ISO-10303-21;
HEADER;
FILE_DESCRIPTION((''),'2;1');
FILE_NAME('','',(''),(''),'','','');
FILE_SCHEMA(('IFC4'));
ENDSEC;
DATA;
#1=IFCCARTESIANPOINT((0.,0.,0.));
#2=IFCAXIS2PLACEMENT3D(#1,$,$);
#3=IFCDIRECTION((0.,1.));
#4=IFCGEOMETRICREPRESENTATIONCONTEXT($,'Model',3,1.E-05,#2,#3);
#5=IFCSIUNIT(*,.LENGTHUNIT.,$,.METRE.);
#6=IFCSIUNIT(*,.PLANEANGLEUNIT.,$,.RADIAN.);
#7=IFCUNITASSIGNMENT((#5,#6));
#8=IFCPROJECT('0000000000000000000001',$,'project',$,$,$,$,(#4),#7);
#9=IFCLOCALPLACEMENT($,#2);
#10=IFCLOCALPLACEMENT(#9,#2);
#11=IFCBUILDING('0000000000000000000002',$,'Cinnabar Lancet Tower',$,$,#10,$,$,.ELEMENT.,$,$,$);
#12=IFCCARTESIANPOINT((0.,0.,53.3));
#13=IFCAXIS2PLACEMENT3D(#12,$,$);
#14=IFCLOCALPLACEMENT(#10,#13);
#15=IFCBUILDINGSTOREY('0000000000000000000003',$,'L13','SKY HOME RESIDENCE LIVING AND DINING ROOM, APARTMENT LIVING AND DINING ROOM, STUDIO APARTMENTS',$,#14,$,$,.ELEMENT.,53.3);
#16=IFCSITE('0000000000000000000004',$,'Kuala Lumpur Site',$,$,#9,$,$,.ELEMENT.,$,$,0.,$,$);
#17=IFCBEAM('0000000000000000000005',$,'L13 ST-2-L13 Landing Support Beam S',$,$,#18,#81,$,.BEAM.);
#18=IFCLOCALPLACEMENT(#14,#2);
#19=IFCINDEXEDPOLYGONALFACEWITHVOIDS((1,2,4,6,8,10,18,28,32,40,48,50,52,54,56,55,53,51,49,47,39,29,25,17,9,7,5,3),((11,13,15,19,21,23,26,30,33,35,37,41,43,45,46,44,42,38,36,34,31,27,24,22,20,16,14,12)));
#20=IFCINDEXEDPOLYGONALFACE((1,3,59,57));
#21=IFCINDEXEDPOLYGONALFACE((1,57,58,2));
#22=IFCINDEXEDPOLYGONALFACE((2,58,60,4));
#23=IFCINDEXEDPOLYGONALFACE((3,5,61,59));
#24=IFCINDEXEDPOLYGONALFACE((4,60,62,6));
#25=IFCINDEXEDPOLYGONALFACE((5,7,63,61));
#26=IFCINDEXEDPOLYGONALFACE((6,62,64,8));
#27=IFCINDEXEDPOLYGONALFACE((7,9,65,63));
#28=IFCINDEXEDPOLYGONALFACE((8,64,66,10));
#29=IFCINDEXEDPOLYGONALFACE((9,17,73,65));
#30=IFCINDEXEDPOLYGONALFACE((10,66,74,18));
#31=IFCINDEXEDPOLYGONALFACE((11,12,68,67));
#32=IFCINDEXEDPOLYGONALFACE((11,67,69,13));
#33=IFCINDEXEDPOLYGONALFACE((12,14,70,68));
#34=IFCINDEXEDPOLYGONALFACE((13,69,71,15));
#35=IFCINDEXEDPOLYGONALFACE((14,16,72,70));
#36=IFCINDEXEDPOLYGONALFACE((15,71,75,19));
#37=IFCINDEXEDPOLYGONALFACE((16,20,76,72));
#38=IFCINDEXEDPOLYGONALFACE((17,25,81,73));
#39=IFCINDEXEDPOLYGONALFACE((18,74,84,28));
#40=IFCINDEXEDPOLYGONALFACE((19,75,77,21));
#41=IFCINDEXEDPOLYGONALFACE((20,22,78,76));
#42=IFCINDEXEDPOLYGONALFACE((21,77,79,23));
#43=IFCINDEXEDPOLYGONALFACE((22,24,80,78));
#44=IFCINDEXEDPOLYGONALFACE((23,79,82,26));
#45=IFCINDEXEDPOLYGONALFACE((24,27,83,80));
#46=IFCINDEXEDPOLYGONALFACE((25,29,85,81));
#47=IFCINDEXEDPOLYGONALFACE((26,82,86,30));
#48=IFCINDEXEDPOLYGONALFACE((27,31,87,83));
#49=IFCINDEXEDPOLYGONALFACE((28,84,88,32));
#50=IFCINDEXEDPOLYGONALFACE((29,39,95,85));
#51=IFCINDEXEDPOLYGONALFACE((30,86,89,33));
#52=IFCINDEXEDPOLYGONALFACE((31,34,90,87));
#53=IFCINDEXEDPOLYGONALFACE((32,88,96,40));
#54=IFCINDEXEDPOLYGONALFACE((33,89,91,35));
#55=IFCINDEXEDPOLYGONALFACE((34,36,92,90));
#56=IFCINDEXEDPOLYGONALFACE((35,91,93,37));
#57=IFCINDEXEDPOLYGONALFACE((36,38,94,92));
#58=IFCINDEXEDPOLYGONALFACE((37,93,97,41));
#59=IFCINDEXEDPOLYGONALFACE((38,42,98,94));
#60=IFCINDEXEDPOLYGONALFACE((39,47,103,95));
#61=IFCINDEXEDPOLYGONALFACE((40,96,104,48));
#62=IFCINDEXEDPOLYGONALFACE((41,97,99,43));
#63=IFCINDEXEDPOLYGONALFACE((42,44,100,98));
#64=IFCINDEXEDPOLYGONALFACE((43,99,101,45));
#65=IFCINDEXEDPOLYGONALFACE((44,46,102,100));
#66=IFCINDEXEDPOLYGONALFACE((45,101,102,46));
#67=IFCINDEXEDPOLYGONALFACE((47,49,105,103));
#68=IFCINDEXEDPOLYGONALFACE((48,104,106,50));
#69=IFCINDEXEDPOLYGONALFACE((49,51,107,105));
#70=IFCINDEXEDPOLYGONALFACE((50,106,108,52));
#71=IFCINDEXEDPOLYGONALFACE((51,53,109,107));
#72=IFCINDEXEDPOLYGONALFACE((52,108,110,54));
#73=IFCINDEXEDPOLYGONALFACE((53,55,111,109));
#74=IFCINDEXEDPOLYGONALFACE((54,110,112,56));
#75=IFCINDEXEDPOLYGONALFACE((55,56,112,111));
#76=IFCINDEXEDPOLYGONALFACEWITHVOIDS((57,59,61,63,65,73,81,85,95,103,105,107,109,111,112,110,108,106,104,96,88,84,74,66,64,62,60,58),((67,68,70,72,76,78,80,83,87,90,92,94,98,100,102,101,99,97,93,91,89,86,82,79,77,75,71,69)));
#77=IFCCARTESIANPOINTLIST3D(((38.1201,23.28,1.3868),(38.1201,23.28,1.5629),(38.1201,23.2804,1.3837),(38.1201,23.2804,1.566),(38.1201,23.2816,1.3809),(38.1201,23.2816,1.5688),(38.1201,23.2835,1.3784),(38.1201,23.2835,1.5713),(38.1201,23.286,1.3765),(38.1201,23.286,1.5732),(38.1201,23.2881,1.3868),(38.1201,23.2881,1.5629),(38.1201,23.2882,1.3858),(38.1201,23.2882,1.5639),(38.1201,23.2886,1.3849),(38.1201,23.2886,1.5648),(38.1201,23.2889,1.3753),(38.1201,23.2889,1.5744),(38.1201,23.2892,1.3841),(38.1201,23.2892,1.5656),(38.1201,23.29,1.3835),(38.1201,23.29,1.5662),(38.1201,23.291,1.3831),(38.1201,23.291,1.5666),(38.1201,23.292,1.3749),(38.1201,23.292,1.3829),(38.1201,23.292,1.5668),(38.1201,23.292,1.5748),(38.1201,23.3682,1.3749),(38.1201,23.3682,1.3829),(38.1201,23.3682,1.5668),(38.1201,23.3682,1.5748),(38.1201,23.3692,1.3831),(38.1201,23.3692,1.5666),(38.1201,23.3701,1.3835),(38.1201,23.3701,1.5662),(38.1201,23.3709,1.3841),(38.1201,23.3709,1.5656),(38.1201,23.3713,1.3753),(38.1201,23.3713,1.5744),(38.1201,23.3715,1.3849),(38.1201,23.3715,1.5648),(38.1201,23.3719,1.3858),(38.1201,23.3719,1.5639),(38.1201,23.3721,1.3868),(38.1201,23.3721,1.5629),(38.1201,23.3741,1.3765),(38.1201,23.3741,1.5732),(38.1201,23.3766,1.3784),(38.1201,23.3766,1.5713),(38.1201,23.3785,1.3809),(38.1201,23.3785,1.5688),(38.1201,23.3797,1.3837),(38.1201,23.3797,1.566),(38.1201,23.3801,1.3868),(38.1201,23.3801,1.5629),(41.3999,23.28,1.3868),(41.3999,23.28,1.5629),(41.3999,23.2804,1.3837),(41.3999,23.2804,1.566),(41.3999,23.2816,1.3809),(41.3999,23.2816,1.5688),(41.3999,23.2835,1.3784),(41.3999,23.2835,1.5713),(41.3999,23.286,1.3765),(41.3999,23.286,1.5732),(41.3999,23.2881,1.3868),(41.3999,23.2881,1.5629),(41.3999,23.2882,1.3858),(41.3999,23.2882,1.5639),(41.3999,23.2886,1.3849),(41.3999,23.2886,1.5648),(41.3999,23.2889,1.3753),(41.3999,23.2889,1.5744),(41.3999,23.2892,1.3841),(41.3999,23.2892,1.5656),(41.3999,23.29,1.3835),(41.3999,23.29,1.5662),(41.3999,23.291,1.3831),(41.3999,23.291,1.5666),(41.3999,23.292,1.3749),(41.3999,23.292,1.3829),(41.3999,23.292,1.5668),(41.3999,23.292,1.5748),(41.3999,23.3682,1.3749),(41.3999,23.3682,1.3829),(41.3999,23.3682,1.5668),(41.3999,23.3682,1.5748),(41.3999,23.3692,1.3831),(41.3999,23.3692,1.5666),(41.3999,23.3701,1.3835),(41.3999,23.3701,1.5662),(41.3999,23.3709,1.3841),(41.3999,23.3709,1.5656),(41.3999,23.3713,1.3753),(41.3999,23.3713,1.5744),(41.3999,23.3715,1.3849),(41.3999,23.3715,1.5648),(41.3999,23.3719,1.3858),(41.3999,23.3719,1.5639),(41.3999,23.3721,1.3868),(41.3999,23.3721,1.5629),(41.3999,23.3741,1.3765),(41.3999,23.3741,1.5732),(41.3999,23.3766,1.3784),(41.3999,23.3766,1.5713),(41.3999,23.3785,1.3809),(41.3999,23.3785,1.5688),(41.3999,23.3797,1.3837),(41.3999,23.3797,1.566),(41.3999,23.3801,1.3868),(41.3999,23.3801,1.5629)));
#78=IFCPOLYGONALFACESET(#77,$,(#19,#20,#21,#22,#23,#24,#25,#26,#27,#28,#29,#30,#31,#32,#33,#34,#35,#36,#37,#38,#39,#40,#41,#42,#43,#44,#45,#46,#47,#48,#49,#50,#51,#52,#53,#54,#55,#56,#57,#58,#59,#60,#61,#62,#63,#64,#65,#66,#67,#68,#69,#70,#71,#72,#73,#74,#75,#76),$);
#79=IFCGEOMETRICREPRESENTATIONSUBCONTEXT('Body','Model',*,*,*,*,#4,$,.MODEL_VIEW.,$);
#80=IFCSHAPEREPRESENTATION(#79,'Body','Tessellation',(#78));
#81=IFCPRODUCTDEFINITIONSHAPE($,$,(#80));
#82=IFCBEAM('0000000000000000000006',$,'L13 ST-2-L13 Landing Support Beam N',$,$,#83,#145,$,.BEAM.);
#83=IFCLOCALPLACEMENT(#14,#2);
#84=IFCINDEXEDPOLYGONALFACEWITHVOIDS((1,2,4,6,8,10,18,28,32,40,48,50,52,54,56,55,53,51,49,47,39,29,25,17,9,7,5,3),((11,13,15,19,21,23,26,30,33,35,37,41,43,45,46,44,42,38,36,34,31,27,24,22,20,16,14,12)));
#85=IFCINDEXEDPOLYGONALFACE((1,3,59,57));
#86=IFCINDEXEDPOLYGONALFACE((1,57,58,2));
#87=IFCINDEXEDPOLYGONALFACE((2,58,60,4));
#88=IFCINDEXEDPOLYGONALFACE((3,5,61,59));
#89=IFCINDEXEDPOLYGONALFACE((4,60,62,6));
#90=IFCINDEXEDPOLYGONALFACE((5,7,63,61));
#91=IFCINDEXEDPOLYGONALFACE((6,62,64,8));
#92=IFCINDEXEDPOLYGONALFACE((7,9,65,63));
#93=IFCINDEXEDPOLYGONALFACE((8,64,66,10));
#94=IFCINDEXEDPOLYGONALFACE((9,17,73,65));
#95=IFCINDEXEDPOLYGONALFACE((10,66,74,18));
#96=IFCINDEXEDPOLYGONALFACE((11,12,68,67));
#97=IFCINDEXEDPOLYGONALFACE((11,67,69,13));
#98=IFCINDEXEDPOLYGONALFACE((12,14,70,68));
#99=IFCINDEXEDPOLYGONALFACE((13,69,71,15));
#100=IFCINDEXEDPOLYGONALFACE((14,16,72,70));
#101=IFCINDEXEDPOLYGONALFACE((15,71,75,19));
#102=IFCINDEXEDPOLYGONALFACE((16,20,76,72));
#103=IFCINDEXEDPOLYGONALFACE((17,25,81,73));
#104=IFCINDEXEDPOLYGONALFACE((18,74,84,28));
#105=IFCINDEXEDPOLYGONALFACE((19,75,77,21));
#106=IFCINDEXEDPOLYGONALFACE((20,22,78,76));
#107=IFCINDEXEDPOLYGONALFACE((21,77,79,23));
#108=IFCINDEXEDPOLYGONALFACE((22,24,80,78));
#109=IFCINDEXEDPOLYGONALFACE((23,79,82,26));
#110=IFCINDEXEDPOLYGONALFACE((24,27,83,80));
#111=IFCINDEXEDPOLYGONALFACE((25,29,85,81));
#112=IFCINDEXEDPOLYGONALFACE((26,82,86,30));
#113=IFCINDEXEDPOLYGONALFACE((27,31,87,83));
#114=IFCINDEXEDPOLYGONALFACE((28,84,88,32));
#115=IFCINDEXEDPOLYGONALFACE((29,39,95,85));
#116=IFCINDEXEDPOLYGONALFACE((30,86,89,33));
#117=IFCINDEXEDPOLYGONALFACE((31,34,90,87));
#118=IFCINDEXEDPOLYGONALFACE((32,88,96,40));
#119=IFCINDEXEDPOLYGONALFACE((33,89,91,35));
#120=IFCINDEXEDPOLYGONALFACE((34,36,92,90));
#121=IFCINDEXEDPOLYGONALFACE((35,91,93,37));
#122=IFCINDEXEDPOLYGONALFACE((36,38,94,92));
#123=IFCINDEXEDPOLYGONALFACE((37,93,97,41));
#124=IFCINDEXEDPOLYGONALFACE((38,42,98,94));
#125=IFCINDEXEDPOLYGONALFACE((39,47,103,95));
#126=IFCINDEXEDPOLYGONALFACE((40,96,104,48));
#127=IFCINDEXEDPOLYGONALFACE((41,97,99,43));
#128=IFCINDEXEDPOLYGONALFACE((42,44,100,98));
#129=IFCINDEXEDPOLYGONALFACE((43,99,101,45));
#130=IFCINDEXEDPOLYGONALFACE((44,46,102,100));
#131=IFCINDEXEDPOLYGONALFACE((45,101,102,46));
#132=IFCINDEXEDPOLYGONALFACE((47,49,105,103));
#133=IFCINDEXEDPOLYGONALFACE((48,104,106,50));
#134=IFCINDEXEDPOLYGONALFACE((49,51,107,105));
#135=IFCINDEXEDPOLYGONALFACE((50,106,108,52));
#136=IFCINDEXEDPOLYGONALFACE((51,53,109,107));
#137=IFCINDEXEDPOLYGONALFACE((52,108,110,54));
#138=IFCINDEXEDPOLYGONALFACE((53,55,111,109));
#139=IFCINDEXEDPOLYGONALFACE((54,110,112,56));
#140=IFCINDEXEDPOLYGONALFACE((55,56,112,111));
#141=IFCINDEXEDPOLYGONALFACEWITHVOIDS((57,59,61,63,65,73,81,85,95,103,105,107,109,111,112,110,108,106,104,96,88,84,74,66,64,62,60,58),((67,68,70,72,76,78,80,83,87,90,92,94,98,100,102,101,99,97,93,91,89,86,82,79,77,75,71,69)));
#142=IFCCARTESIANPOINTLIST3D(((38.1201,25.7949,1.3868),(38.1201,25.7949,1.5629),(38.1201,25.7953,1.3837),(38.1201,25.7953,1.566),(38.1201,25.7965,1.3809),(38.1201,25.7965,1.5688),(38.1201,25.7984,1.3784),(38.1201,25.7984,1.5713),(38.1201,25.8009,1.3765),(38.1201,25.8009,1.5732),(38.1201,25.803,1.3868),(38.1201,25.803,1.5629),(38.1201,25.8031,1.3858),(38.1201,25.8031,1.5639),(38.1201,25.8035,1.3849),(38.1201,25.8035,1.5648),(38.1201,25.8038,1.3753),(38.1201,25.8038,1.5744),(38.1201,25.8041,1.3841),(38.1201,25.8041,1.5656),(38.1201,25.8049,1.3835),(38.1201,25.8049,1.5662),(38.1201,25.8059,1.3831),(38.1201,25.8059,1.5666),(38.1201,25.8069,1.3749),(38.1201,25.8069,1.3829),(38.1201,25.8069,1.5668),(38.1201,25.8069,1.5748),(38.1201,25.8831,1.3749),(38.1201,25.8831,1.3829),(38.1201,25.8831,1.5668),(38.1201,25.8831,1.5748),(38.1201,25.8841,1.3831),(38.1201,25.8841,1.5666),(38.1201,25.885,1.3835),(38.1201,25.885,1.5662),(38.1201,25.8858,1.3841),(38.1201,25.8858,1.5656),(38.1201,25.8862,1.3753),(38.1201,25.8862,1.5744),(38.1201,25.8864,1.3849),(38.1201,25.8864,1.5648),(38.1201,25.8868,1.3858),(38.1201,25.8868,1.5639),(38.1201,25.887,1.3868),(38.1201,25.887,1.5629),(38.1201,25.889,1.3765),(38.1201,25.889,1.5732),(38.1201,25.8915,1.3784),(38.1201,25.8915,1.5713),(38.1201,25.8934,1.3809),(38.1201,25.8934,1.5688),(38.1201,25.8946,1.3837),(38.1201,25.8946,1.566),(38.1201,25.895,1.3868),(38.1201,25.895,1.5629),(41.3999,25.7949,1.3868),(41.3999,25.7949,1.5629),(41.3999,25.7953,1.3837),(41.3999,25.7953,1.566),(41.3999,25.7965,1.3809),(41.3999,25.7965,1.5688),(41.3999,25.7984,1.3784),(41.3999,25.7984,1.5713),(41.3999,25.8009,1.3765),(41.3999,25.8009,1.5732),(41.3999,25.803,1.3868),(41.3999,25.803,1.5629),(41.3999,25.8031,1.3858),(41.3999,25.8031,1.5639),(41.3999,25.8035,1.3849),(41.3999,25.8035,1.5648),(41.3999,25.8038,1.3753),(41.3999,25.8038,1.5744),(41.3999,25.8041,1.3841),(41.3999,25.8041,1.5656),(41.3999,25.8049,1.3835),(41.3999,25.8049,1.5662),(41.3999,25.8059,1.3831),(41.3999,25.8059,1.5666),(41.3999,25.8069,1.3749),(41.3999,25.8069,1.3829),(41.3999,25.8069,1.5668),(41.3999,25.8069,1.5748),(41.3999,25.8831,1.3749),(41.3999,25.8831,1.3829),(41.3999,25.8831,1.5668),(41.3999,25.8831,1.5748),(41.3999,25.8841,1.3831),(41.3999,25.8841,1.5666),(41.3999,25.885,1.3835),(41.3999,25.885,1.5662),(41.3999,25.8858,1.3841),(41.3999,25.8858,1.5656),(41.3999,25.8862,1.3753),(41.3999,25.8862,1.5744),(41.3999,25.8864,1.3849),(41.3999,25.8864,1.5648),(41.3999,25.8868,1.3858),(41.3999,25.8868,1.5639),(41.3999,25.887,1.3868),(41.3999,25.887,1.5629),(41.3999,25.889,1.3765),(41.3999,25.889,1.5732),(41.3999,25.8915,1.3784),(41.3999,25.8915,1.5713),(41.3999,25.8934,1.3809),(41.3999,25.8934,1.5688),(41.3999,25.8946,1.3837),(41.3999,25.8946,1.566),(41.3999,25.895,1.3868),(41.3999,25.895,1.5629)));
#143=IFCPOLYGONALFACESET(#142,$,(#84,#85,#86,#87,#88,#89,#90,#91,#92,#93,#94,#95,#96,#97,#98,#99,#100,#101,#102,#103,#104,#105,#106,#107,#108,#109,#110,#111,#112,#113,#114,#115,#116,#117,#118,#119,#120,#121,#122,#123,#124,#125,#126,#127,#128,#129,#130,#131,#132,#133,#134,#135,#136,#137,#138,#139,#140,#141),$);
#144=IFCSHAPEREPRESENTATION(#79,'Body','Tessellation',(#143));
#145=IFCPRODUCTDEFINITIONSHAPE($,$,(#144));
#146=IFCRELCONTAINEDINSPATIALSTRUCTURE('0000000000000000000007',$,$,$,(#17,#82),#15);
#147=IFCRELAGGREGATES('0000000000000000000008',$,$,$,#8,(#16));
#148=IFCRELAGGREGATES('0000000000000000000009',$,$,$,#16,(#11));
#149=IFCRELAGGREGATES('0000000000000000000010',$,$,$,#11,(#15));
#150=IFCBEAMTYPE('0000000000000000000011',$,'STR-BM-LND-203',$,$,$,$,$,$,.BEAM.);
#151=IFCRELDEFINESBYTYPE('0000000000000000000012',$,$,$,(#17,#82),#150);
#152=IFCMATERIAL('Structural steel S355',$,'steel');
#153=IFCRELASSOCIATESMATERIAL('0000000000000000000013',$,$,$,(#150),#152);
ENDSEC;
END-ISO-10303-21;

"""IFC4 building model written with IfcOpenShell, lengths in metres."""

from ifc_helpers import new_model, si_unit, direction, frame, origin, origin_2d, place, context, subcontext, project, spatial, hollow_rectangle, extrude, material, material_profile, profile_set, type_object, element, save


model = new_model("IFC4")

# Units and contexts
model_context = context("Model", 3, precision=1e-05, world=origin(), true_north=direction((0.0, 1.0)))
body_context = subcontext(model_context, "Body", "Model", "MODEL_VIEW")
ifc_project = project(units=[si_unit("LENGTHUNIT", "METRE"), si_unit("PLANEANGLEUNIT", "RADIAN")], contexts=[model_context])

# Site, building, storey
site_placement = place(None, origin())
site = spatial("IfcSite", under=ifc_project, at=site_placement, Name="Kuala Lumpur Site", CompositionType="ELEMENT", RefElevation=0.0)
building_placement = place(site_placement, origin())
building = spatial("IfcBuilding", under=site, at=building_placement, Name="Cinnabar Lancet Tower", CompositionType="ELEMENT")
storey_placement = place(building_placement, frame((0.0, 0.0, 53.3)))
storey = spatial("IfcBuildingStorey", under=building, at=storey_placement, Name="L13", Description="SKY HOME RESIDENCE LIVING AND DINING ROOM, APARTMENT LIVING AND DINING ROOM, STUDIO APARTMENTS", CompositionType="ELEMENT", Elevation=53.3)

# Beams
ifc_material_1 = material(Name="Structural steel S355", Category="steel")
ifc_material_profile_1 = material_profile(ifc_material_1, hollow_rectangle(XDim=0.1001, YDim=0.2, WallThickness=0.0081, InnerFilletRadius=0.0039, OuterFilletRadius=0.012, at=origin_2d()), Name="RHS 200x100x8")
ifc_profile_set_1 = profile_set([ifc_material_profile_1], Name="Structural steel S355")
beam_type_1 = type_object("IfcBeamType", Name="STR-BM-LND-203", PredefinedType="BEAM", material=ifc_profile_set_1)
for number, where, z_axis, x_axis, name in (
    (1, (38.1201, 23.3301, 1.4749), (1.0, 0.0, 0.0), (0.0, 1.0, 0.0), "L13 ST-2-L13 Landing Support Beam S"),
    (2, (38.1201, 25.845, 1.4749), (1.0, 0.0, 0.0), (0.0, 1.0, 0.0), "L13 ST-2-L13 Landing Support Beam N"),
):
    element("IfcBeam", number, at=place(storey_placement, frame(where, z_axis=z_axis, x_axis=x_axis)), inside=storey, type_object=beam_type_1, Name=name, PredefinedType="BEAM", context=body_context, shape_type="SweptSolid", body=[
        extrude(hollow_rectangle(XDim=0.1001, YDim=0.2, WallThickness=0.0081, InnerFilletRadius=0.0039, OuterFilletRadius=0.012, at=origin_2d()), origin(), (0.0, 0.0, 1.0), 3.2798),
    ])

save(model, "model.ifc")
